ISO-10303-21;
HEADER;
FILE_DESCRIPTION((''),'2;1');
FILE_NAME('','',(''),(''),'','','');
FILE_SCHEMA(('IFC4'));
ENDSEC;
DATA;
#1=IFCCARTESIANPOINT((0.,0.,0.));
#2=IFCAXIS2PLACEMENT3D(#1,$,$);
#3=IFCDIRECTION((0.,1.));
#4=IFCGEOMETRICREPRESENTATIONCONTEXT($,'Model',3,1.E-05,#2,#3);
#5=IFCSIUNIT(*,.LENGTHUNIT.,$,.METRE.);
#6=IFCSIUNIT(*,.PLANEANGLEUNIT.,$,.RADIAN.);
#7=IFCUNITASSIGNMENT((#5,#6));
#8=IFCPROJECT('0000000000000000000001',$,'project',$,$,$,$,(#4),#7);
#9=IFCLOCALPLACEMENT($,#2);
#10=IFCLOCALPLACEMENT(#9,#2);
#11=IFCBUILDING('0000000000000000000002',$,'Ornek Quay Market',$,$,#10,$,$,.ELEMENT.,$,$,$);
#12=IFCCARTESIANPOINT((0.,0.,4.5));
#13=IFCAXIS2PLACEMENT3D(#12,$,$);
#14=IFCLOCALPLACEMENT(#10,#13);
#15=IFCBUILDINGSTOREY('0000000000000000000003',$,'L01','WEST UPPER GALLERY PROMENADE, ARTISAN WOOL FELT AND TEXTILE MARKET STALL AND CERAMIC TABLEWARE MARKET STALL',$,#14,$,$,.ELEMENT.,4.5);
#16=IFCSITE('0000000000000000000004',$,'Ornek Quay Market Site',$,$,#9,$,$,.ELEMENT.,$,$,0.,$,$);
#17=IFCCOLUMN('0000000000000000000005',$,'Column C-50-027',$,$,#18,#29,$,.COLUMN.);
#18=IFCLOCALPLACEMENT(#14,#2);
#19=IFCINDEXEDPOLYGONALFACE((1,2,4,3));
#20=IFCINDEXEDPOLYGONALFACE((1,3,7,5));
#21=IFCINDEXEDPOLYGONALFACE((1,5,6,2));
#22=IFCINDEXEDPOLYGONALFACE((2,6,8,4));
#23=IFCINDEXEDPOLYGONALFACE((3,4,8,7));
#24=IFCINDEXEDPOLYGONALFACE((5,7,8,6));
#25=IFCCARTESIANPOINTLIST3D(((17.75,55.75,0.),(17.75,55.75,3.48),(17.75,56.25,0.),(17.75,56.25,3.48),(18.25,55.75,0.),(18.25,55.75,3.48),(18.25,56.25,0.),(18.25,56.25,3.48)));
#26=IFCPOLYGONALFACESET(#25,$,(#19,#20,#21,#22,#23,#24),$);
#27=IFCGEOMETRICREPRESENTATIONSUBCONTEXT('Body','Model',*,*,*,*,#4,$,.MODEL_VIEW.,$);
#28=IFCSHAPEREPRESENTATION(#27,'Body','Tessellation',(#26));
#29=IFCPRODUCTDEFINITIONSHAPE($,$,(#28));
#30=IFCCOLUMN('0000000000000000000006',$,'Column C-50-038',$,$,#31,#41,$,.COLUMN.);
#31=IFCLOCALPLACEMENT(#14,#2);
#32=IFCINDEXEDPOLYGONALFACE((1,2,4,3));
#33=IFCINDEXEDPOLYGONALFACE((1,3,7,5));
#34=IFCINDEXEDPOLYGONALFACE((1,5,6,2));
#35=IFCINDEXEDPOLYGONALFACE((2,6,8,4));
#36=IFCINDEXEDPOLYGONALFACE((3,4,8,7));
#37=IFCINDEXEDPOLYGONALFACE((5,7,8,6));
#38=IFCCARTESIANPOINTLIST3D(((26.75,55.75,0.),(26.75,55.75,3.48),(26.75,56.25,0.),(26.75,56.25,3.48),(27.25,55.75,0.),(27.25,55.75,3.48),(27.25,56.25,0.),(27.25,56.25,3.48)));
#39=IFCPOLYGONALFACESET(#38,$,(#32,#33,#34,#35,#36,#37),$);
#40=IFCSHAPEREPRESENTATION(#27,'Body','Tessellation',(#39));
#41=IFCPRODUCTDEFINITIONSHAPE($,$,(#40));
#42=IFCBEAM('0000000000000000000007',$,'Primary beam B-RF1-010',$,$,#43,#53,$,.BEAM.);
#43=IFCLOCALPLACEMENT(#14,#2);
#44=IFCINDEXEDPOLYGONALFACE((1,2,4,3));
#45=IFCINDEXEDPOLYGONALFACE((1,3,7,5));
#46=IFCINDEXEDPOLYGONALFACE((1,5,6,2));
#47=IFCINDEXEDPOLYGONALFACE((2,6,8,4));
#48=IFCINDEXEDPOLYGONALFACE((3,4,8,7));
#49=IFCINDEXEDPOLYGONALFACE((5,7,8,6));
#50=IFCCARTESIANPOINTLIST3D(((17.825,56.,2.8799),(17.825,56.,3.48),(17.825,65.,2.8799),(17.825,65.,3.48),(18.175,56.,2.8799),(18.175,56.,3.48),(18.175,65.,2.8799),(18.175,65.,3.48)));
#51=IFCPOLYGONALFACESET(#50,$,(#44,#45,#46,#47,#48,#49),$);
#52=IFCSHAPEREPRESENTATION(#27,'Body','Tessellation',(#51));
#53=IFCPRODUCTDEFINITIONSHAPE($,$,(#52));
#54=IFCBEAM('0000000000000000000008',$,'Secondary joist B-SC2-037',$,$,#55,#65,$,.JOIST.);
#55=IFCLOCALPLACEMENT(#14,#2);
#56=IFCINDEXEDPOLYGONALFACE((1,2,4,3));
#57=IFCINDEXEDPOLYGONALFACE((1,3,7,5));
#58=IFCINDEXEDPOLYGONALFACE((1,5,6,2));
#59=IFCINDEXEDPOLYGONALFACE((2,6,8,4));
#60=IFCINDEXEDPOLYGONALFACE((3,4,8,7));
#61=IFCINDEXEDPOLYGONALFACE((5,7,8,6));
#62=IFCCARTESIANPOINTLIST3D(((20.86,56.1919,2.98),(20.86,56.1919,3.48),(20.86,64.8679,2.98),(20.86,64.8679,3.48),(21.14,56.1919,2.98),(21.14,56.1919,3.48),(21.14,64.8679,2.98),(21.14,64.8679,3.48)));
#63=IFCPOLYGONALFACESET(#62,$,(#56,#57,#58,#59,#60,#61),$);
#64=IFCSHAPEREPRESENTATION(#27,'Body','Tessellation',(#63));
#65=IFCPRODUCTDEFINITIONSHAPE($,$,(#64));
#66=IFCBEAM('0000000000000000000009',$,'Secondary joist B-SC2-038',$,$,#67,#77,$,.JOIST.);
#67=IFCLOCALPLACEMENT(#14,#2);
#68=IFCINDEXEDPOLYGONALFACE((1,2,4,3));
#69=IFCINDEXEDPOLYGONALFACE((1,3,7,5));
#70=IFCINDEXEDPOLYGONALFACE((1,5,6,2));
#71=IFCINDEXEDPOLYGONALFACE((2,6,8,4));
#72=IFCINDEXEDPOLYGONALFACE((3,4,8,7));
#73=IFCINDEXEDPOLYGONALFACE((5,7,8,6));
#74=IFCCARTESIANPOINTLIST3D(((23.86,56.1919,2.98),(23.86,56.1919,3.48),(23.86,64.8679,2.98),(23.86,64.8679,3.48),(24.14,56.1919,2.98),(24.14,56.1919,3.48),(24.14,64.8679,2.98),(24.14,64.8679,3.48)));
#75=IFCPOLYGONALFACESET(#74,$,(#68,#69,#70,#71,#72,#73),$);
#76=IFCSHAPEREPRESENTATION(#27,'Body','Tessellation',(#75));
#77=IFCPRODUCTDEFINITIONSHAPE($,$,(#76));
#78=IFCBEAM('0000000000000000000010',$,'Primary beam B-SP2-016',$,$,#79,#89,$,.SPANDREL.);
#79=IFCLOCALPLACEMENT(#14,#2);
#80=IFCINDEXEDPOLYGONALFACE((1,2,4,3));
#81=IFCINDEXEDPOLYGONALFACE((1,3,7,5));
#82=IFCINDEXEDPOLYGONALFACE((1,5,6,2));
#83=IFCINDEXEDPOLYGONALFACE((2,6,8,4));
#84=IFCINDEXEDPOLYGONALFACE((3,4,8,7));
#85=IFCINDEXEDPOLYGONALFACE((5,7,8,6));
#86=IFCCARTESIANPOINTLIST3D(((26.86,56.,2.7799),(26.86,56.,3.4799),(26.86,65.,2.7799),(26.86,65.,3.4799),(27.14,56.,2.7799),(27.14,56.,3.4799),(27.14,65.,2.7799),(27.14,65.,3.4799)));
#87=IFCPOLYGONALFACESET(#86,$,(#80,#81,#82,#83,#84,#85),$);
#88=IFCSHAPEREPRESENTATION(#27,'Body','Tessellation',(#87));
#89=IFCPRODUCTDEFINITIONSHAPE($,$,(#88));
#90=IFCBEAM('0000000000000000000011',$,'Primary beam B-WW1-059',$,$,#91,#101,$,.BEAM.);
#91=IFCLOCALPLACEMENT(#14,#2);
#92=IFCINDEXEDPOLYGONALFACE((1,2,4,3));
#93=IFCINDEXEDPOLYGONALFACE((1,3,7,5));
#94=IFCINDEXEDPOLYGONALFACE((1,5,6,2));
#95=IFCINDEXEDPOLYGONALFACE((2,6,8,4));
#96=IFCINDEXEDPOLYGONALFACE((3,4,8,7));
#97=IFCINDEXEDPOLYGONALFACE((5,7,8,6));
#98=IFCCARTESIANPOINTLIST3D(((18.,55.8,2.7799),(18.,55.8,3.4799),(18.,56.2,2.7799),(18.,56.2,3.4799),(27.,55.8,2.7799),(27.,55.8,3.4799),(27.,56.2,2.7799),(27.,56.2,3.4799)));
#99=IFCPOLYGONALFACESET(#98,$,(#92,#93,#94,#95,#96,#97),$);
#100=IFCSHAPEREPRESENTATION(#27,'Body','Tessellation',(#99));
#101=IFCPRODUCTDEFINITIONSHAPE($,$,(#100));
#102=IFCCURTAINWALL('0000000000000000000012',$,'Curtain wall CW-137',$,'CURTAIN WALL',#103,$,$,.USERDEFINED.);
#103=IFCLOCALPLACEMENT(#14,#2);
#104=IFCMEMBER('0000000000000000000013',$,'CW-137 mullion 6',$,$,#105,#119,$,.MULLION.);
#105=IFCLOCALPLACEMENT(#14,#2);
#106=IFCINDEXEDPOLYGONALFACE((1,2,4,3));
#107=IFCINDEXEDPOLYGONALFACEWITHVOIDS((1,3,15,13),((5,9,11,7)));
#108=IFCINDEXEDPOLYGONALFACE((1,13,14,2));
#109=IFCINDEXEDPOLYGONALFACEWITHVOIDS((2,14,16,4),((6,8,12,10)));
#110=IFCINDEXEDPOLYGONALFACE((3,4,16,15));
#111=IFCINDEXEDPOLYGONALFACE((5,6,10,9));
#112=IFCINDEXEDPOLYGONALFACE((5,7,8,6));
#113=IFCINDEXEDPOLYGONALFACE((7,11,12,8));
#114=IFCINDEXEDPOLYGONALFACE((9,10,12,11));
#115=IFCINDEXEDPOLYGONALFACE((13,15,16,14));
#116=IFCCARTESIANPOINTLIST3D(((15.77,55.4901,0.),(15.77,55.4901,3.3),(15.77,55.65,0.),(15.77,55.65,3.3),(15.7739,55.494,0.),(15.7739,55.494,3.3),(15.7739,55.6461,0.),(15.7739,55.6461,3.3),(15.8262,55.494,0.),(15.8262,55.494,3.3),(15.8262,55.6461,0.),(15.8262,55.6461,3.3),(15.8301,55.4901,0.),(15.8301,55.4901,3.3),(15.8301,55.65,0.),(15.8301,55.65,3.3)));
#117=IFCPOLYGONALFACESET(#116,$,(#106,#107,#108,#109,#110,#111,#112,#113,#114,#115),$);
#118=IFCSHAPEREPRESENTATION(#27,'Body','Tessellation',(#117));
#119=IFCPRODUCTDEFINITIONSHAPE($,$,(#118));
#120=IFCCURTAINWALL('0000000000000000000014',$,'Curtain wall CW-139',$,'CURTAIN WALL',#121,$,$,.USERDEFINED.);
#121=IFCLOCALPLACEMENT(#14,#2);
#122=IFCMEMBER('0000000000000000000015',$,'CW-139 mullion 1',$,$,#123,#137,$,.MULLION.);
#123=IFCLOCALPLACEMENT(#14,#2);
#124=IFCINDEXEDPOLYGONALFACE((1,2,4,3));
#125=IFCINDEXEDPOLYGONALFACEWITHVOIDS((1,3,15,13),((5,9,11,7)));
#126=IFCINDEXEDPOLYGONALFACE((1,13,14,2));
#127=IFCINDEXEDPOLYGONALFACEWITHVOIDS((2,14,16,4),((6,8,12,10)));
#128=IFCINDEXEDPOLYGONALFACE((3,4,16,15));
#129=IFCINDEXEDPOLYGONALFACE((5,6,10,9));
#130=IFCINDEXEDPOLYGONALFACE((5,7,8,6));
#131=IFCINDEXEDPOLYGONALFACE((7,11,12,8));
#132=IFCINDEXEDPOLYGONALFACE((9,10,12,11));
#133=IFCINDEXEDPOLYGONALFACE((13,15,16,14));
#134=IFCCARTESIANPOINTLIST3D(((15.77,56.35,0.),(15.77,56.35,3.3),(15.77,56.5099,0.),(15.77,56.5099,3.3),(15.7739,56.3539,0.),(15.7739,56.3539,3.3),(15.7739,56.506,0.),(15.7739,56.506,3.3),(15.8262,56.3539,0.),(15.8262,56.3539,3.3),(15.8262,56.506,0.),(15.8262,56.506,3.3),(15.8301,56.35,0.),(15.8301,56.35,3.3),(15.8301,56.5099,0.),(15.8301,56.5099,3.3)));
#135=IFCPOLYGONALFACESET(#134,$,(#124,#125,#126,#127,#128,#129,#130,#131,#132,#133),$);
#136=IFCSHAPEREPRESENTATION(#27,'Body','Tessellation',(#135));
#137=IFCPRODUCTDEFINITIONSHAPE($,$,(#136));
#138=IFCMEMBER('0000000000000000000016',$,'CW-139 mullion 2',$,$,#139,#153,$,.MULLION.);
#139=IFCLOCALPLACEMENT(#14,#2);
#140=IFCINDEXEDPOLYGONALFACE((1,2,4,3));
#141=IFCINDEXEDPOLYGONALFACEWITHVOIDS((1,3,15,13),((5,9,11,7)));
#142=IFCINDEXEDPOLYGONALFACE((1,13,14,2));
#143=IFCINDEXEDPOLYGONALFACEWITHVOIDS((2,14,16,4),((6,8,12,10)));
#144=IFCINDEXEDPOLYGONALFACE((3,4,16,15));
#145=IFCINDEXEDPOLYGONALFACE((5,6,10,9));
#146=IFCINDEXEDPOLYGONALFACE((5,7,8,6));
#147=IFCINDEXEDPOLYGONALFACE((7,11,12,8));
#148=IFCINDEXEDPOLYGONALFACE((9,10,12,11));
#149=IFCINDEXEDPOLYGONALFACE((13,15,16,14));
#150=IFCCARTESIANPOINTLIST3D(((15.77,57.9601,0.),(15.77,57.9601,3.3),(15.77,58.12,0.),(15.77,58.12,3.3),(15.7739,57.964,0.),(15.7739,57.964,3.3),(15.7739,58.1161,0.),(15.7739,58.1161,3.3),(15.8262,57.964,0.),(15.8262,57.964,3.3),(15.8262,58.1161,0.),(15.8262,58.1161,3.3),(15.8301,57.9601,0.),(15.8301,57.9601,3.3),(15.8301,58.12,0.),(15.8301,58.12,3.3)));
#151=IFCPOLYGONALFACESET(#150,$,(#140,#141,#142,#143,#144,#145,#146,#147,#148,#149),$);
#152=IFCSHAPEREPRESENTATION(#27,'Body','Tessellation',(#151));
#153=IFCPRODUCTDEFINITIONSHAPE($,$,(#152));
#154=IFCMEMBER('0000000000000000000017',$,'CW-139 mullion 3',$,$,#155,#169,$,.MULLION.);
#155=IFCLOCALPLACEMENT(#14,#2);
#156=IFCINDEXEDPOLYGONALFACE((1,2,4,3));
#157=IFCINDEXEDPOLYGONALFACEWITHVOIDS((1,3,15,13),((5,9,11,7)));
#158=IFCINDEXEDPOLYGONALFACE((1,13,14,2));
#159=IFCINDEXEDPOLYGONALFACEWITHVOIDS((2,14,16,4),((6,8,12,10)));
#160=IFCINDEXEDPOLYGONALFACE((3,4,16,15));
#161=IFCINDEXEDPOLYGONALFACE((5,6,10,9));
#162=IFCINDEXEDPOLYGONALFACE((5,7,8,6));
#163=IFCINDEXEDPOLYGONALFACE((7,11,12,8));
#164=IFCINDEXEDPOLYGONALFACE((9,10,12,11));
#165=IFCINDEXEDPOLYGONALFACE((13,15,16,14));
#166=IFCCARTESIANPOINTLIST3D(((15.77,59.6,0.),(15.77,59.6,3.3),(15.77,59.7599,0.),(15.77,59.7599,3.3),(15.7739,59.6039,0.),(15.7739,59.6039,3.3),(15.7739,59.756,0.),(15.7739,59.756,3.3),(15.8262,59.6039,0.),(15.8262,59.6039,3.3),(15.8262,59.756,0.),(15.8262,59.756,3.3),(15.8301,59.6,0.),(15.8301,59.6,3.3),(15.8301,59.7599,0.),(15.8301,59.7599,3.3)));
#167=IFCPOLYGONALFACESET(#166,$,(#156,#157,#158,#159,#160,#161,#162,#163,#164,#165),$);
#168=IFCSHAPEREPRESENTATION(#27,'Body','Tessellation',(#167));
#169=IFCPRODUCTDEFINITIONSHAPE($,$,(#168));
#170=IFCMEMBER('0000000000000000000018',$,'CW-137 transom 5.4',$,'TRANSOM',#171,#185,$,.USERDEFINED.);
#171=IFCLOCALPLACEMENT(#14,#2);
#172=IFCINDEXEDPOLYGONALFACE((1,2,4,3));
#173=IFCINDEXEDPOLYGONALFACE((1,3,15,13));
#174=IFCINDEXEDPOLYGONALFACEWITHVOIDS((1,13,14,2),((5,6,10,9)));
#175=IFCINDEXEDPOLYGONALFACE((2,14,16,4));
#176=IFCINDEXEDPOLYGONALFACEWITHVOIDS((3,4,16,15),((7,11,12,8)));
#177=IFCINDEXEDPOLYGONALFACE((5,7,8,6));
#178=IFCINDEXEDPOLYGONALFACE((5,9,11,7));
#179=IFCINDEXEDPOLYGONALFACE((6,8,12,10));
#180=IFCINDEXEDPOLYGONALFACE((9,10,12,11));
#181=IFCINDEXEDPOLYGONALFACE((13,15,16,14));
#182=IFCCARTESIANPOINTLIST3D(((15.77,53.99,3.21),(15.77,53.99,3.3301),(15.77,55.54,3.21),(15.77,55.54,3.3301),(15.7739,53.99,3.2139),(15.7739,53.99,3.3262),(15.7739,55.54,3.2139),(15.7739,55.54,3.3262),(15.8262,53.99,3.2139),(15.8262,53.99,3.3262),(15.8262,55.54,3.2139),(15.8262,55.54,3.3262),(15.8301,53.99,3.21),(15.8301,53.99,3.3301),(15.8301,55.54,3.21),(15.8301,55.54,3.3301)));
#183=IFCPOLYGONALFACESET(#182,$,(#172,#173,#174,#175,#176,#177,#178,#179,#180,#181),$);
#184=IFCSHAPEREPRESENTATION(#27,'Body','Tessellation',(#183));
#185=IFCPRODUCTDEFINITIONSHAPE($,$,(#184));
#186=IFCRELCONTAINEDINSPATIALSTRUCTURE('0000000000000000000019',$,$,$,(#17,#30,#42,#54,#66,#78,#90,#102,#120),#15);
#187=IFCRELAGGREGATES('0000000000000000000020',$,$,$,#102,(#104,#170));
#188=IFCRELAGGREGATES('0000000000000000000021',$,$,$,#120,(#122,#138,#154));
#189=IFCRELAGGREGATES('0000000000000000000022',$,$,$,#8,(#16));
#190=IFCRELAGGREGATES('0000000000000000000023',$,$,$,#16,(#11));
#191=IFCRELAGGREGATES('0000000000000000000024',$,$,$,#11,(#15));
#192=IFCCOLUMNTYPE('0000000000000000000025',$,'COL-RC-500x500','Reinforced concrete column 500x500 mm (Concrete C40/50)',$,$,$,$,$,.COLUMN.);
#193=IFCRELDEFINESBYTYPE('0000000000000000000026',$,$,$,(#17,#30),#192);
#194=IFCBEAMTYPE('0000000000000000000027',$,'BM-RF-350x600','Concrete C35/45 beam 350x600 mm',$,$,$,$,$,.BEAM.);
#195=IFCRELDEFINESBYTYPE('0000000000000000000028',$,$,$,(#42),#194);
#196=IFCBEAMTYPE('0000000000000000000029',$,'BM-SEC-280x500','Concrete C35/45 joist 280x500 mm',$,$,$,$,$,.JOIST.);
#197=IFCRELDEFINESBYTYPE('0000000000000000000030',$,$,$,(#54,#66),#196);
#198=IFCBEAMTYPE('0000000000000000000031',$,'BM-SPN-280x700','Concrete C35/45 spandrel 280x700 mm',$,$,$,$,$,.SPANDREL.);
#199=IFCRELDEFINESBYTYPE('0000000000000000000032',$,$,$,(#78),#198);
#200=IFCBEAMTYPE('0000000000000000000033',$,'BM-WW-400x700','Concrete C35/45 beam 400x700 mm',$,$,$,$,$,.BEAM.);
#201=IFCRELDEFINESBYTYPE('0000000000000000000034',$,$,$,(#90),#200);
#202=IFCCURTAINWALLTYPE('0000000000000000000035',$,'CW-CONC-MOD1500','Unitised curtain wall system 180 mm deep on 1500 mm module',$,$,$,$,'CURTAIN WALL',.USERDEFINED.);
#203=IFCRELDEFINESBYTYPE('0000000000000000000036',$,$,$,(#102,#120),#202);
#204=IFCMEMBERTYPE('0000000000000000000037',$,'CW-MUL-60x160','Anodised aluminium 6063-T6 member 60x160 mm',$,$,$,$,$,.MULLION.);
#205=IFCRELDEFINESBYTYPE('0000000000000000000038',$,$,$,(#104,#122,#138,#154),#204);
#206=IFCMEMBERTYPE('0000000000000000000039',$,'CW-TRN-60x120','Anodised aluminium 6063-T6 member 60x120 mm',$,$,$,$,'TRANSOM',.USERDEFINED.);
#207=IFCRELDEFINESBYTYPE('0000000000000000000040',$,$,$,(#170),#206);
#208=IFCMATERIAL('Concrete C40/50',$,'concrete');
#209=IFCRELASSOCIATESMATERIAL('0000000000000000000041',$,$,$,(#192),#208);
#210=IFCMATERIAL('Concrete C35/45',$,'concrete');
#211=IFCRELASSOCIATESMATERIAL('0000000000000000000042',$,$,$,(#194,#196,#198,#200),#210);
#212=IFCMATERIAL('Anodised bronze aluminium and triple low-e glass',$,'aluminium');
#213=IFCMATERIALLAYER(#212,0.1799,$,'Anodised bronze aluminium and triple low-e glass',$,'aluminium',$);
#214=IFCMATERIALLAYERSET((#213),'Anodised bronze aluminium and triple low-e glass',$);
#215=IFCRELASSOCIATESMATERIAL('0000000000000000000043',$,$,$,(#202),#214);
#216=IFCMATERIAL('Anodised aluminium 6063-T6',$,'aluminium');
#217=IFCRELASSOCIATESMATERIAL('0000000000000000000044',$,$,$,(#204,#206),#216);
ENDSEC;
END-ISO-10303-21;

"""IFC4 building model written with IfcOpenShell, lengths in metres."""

from ifc_helpers import new_model, si_unit, direction, frame, origin, origin_2d, place, context, subcontext, project, spatial, rectangle, hollow_rectangle, extrude, material, layer, layer_set, material_profile, profile_set, type_object, element, aggregate, save


model = new_model("IFC4")

# Units and contexts
model_context = context("Model", 3, precision=1e-05, world=origin(), true_north=direction((0.0, 1.0)))
body_context = subcontext(model_context, "Body", "Model", "MODEL_VIEW")
ifc_project = project(units=[si_unit("LENGTHUNIT", "METRE"), si_unit("PLANEANGLEUNIT", "RADIAN")], contexts=[model_context])

# Site, building, storey
site_placement = place(None, origin())
site = spatial("IfcSite", under=ifc_project, at=site_placement, Name="Ornek Quay Market Site", CompositionType="ELEMENT", RefElevation=0.0)
building_placement = place(site_placement, origin())
building = spatial("IfcBuilding", under=site, at=building_placement, Name="Ornek Quay Market", CompositionType="ELEMENT")
storey_placement = place(building_placement, frame((0.0, 0.0, 4.5)))
storey = spatial("IfcBuildingStorey", under=building, at=storey_placement, Name="L01", Description="WEST UPPER GALLERY PROMENADE, ARTISAN WOOL FELT AND TEXTILE MARKET STALL AND CERAMIC TABLEWARE MARKET STALL", CompositionType="ELEMENT", Elevation=4.5)

# Columns
ifc_material_1 = material(Name="Concrete C40/50", Category="concrete")
ifc_material_profile_1 = material_profile(ifc_material_1, rectangle(XDim=0.5, YDim=0.5, at=origin_2d()), Name="RC 500x500", Category="concrete")
ifc_profile_set_1 = profile_set([ifc_material_profile_1], Name="Concrete C40/50")
column_type = type_object("IfcColumnType", Name="COL-RC-500x500", Description="Reinforced concrete column 500x500 mm (Concrete C40/50)", PredefinedType="COLUMN", material=ifc_profile_set_1)
for number, where, z_axis, x_axis, name in (
    (1, (18.0, 56.0, 0.0), (0.0, 0.0, 1.0), (1.0, 0.0, 0.0), "Column C-50-027"),
    (2, (27.0, 56.0, 0.0), (0.0, 0.0, 1.0), (1.0, 0.0, 0.0), "Column C-50-038"),
):
    element("IfcColumn", number, at=place(storey_placement, frame(where, z_axis=z_axis, x_axis=x_axis)), inside=storey, type_object=column_type, Name=name, PredefinedType="COLUMN", context=body_context, shape_type="SweptSolid", body=[
        extrude(rectangle(XDim=0.5, YDim=0.5, at=origin_2d()), origin(), (0.0, 0.0, 1.0), 3.48),
    ])

# Beams
ifc_material_2 = material(Name="Concrete C35/45", Category="concrete")
ifc_material_profile_2 = material_profile(ifc_material_2, rectangle(XDim=0.3501, YDim=0.6001, at=origin_2d()), Name="RC 350x600", Category="concrete")
ifc_profile_set_2 = profile_set([ifc_material_profile_2], Name="Concrete C35/45")
beam_type_1 = type_object("IfcBeamType", Name="BM-RF-350x600", Description="Concrete C35/45 beam 350x600 mm", PredefinedType="BEAM", material=ifc_profile_set_2)
beam_1_placement = place(storey_placement, frame((18.0, 56.0, 3.1799), z_axis=(0.0, 1.0, 0.0), x_axis=(-1.0, 0.0, 0.0)))
element("IfcBeam", 3, at=beam_1_placement, inside=storey, type_object=beam_type_1, Name="Primary beam B-RF1-010", PredefinedType="BEAM", context=body_context, shape_type="SweptSolid", body=[
    extrude(rectangle(XDim=0.3501, YDim=0.6001, at=origin_2d()), origin(), (0.0, 0.0, 1.0), 9.0),
])
ifc_material_profile_3 = material_profile(ifc_material_2, rectangle(XDim=0.28, YDim=0.5, at=origin_2d()), Name="RC 280x500", Category="concrete")
ifc_profile_set_3 = profile_set([ifc_material_profile_3], Name="Concrete C35/45")
beam_type_2 = type_object("IfcBeamType", Name="BM-SEC-280x500", Description="Concrete C35/45 joist 280x500 mm", PredefinedType="JOIST", material=ifc_profile_set_3)
for number, where, z_axis, x_axis, name in (
    (4, (21.0, 56.1919, 3.23), (0.0, 1.0, 0.0), (-1.0, 0.0, 0.0), "Secondary joist B-SC2-037"),
    (5, (24.0, 56.1919, 3.23), (0.0, 1.0, 0.0), (-1.0, 0.0, 0.0), "Secondary joist B-SC2-038"),
):
    element("IfcBeam", number, at=place(storey_placement, frame(where, z_axis=z_axis, x_axis=x_axis)), inside=storey, type_object=beam_type_2, Name=name, PredefinedType="JOIST", context=body_context, shape_type="SweptSolid", body=[
        extrude(rectangle(XDim=0.28, YDim=0.5, at=origin_2d()), origin(), (0.0, 0.0, 1.0), 8.676),
    ])
ifc_material_profile_4 = material_profile(ifc_material_2, rectangle(XDim=0.28, YDim=0.7, at=origin_2d()), Name="RC 280x700", Category="concrete")
ifc_profile_set_4 = profile_set([ifc_material_profile_4], Name="Concrete C35/45")
beam_type_3 = type_object("IfcBeamType", Name="BM-SPN-280x700", Description="Concrete C35/45 spandrel 280x700 mm", PredefinedType="SPANDREL", material=ifc_profile_set_4)
beam_2_placement = place(storey_placement, frame((27.0, 56.0, 3.1299), z_axis=(0.0, 1.0, 0.0), x_axis=(-1.0, 0.0, 0.0)))
element("IfcBeam", 6, at=beam_2_placement, inside=storey, type_object=beam_type_3, Name="Primary beam B-SP2-016", PredefinedType="SPANDREL", context=body_context, shape_type="SweptSolid", body=[
    extrude(rectangle(XDim=0.28, YDim=0.7, at=origin_2d()), origin(), (0.0, 0.0, 1.0), 9.0),
])
ifc_material_profile_5 = material_profile(ifc_material_2, rectangle(XDim=0.3999, YDim=0.7, at=origin_2d()), Name="RC 400x700", Category="concrete")
ifc_profile_set_5 = profile_set([ifc_material_profile_5], Name="Concrete C35/45")
beam_type_4 = type_object("IfcBeamType", Name="BM-WW-400x700", Description="Concrete C35/45 beam 400x700 mm", PredefinedType="BEAM", material=ifc_profile_set_5)
beam_3_placement = place(storey_placement, frame((18.0, 56.0, 3.1299), z_axis=(1.0, 0.0, 0.0), x_axis=(0.0, 1.0, 0.0)))
element("IfcBeam", 7, at=beam_3_placement, inside=storey, type_object=beam_type_4, Name="Primary beam B-WW1-059", PredefinedType="BEAM", context=body_context, shape_type="SweptSolid", body=[
    extrude(rectangle(XDim=0.3999, YDim=0.7, at=origin_2d()), origin(), (0.0, 0.0, 1.0), 9.0),
])

# Curtain wall, member
ifc_material_3 = material(Name="Anodised bronze aluminium and triple low-e glass", Category="aluminium")
ifc_layer_1 = layer(ifc_material_3, 0.1799, Name="Anodised bronze aluminium and triple low-e glass", Category="aluminium")
ifc_layer_set_1 = layer_set([ifc_layer_1], Name="Anodised bronze aluminium and triple low-e glass")
curtain_wall_type = type_object("IfcCurtainWallType", Name="CW-CONC-MOD1500", Description="Unitised curtain wall system 180 mm deep on 1500 mm module", ElementType="CURTAIN WALL", PredefinedType="USERDEFINED", material=ifc_layer_set_1)
curtain_wall_1_placement = place(storey_placement, origin())
curtain_wall_1 = element("IfcCurtainWall", 8, at=curtain_wall_1_placement, inside=storey, type_object=curtain_wall_type, Name="Curtain wall CW-137", ObjectType="CURTAIN WALL", PredefinedType="USERDEFINED")
ifc_material_4 = material(Name="Anodised aluminium 6063-T6", Category="aluminium")
ifc_material_profile_6 = material_profile(ifc_material_4, hollow_rectangle(XDim=0.0601, YDim=0.1599, WallThickness=0.0039, at=origin_2d()), Name="CW-MUL-60x160", Category="aluminium")
ifc_profile_set_6 = profile_set([ifc_material_profile_6], Name="Anodised aluminium 6063-T6")
member_type_1 = type_object("IfcMemberType", Name="CW-MUL-60x160", Description="Anodised aluminium 6063-T6 member 60x160 mm", PredefinedType="MULLION", material=ifc_profile_set_6)
member_1_placement = place(storey_placement, frame((15.8, 55.5701, 0.0), z_axis=(0.0, 0.0, 1.0), x_axis=(-1.0, 0.0, 0.0)))
member_1 = element("IfcMember", 9, at=member_1_placement, type_object=member_type_1, Name="CW-137 mullion 6", PredefinedType="MULLION", context=body_context, shape_type="SweptSolid", body=[
    extrude(hollow_rectangle(XDim=0.0601, YDim=0.1599, WallThickness=0.0039, at=origin_2d()), origin(), (0.0, 0.0, 1.0), 3.3),
])

# Curtain wall, members
curtain_wall_2_placement = place(storey_placement, origin())
curtain_wall_2 = element("IfcCurtainWall", 10, at=curtain_wall_2_placement, inside=storey, type_object=curtain_wall_type, Name="Curtain wall CW-139", ObjectType="CURTAIN WALL", PredefinedType="USERDEFINED")
member_2_placement = place(storey_placement, frame((15.8, 56.4299, 0.0), z_axis=(0.0, 0.0, 1.0), x_axis=(-1.0, 0.0, 0.0)))
member_2 = element("IfcMember", 11, at=member_2_placement, type_object=member_type_1, Name="CW-139 mullion 1", PredefinedType="MULLION", context=body_context, shape_type="SweptSolid", body=[
    extrude(hollow_rectangle(XDim=0.0601, YDim=0.1599, WallThickness=0.0039, at=origin_2d()), origin(), (0.0, 0.0, 1.0), 3.3),
])
member_3_placement = place(storey_placement, frame((15.8, 58.04, 0.0), z_axis=(0.0, 0.0, 1.0), x_axis=(-1.0, 0.0, 0.0)))
member_3 = element("IfcMember", 12, at=member_3_placement, type_object=member_type_1, Name="CW-139 mullion 2", PredefinedType="MULLION", context=body_context, shape_type="SweptSolid", body=[
    extrude(hollow_rectangle(XDim=0.0601, YDim=0.1599, WallThickness=0.0039, at=origin_2d()), origin(), (0.0, 0.0, 1.0), 3.3),
])
member_4_placement = place(storey_placement, frame((15.8, 59.6799, 0.0), z_axis=(0.0, 0.0, 1.0), x_axis=(-1.0, 0.0, 0.0)))
member_4 = element("IfcMember", 13, at=member_4_placement, type_object=member_type_1, Name="CW-139 mullion 3", PredefinedType="MULLION", context=body_context, shape_type="SweptSolid", body=[
    extrude(hollow_rectangle(XDim=0.0601, YDim=0.1599, WallThickness=0.0039, at=origin_2d()), origin(), (0.0, 0.0, 1.0), 3.3),
])

# Member
ifc_material_profile_7 = material_profile(ifc_material_4, hollow_rectangle(XDim=0.0601, YDim=0.1201, WallThickness=0.0039, at=origin_2d()), Name="CW-TRN-60x120", Category="aluminium")
ifc_profile_set_7 = profile_set([ifc_material_profile_7], Name="Anodised aluminium 6063-T6")
member_type_2 = type_object("IfcMemberType", Name="CW-TRN-60x120", Description="Anodised aluminium 6063-T6 member 60x120 mm", ElementType="TRANSOM", PredefinedType="USERDEFINED", material=ifc_profile_set_7)
member_5_placement = place(storey_placement, frame((15.8, 53.99, 3.27), z_axis=(0.0, 1.0, 0.0), x_axis=(-1.0, 0.0, 0.0)))
member_5 = element("IfcMember", 14, at=member_5_placement, type_object=member_type_2, Name="CW-137 transom 5.4", ObjectType="TRANSOM", PredefinedType="USERDEFINED", context=body_context, shape_type="SweptSolid", body=[
    extrude(hollow_rectangle(XDim=0.0601, YDim=0.1201, WallThickness=0.0039, at=origin_2d()), origin(), (0.0, 0.0, 1.0), 1.55),
])

aggregate(curtain_wall_1, [member_1, member_5])
aggregate(curtain_wall_2, [member_2, member_3, member_4])

save(model, "model.ifc")
